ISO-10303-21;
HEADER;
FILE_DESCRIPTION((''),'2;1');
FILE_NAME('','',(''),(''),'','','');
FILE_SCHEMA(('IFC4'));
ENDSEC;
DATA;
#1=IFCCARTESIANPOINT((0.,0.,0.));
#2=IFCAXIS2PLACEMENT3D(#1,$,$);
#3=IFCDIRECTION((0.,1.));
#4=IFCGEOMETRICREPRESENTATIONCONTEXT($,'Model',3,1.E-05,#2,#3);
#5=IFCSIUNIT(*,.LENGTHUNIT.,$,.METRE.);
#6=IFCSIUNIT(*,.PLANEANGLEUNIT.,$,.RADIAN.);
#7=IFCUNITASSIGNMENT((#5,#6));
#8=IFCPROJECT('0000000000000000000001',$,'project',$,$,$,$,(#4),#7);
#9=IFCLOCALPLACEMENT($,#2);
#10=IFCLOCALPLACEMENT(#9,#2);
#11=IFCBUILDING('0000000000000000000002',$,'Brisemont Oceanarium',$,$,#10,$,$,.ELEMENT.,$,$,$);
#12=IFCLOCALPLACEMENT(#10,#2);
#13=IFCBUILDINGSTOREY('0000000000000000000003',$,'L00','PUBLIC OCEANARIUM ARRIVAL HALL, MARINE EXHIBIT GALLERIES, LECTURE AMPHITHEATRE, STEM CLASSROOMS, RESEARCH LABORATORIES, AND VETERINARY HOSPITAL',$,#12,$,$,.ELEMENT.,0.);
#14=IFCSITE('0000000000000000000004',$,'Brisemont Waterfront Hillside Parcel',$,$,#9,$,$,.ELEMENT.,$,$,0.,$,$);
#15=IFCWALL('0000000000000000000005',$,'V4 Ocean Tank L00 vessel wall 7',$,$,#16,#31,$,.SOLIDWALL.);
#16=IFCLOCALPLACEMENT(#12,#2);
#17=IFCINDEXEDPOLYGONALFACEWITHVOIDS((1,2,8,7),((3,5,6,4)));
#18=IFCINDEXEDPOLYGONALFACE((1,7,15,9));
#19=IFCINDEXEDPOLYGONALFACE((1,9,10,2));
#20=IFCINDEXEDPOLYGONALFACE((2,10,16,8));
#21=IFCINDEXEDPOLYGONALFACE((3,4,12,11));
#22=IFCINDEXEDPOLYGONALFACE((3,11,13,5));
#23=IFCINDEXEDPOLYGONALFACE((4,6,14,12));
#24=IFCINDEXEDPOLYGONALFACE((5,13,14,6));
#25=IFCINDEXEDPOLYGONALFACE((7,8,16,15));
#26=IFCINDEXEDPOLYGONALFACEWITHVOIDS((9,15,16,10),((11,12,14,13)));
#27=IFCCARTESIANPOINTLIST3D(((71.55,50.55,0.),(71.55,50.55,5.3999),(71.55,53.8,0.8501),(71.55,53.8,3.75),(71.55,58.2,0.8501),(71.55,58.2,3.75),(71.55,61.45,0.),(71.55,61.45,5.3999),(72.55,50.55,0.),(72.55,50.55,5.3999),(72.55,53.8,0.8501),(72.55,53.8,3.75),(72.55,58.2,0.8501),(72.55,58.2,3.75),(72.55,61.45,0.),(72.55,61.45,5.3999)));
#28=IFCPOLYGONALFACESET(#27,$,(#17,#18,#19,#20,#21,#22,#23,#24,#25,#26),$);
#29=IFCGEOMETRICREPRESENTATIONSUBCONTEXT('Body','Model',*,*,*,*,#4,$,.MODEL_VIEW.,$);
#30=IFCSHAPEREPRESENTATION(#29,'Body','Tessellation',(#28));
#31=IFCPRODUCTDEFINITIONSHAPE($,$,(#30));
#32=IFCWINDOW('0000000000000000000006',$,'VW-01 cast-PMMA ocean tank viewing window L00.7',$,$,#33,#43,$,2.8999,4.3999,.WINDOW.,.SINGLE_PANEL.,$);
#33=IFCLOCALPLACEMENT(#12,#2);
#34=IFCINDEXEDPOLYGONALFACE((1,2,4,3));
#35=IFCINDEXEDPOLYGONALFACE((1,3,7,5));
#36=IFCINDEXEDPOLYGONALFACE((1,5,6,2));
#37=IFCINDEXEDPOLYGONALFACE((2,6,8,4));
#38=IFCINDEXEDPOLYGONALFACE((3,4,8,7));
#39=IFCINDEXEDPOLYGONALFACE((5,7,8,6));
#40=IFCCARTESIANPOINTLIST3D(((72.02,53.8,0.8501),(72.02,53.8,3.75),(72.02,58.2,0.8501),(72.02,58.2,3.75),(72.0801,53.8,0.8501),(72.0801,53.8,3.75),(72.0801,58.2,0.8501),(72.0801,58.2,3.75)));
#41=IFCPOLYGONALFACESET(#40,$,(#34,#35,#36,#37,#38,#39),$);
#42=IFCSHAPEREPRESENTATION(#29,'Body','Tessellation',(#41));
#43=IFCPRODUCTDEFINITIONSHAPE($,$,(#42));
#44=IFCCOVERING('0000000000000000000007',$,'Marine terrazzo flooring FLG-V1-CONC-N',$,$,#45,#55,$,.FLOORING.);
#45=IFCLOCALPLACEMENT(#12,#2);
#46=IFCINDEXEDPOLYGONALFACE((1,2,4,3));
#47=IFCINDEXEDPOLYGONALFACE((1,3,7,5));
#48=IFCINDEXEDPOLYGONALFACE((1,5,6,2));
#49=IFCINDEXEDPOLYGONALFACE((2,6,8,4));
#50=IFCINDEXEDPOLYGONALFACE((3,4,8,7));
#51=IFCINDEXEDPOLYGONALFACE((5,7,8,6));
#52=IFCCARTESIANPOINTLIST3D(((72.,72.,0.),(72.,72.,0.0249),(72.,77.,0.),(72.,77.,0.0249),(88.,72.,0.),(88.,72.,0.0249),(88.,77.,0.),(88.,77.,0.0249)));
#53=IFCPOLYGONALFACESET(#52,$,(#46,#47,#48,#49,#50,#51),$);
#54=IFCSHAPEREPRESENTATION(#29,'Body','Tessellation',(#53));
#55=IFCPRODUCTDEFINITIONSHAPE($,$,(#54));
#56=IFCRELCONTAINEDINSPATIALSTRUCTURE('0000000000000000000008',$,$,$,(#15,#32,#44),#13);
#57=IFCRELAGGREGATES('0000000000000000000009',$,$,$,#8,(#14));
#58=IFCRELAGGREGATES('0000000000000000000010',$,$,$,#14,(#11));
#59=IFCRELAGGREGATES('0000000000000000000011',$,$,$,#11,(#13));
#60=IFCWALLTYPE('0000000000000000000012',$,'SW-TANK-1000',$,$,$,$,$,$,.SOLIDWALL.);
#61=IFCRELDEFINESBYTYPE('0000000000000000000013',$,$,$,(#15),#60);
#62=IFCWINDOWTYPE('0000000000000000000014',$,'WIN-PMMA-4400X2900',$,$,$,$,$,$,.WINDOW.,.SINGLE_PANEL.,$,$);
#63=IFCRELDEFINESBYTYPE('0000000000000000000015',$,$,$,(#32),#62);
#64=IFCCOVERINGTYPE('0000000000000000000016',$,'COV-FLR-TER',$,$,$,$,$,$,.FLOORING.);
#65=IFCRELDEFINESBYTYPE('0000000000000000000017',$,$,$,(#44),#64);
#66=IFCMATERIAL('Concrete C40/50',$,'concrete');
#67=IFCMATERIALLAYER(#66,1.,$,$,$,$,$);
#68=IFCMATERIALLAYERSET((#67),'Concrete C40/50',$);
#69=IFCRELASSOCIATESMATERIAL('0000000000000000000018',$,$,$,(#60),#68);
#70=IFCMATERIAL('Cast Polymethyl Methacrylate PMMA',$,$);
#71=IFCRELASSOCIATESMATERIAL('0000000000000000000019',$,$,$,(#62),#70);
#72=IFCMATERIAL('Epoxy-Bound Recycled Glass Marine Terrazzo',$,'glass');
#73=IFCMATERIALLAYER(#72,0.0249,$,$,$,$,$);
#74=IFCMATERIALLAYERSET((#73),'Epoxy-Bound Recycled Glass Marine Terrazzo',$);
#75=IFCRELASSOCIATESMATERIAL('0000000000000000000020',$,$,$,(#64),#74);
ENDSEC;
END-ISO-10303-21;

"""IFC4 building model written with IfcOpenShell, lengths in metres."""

from ifc_helpers import new_model, si_unit, direction, frame, frame_2d, origin, origin_2d, place, context, subcontext, project, spatial, rectangle, extrude, material, layer, layer_set, type_object, element, fill, save


model = new_model("IFC4")

# Units and contexts
model_context = context("Model", 3, precision=1e-05, world=origin(), true_north=direction((0.0, 1.0)))
body_context = subcontext(model_context, "Body", "Model", "MODEL_VIEW")
ifc_project = project(units=[si_unit("LENGTHUNIT", "METRE"), si_unit("PLANEANGLEUNIT", "RADIAN")], contexts=[model_context])

# Site, building, storey
site_placement = place(None, origin())
site = spatial("IfcSite", under=ifc_project, at=site_placement, Name="Brisemont Waterfront Hillside Parcel", CompositionType="ELEMENT", RefElevation=0.0)
building_placement = place(site_placement, origin())
building = spatial("IfcBuilding", under=site, at=building_placement, Name="Brisemont Oceanarium", CompositionType="ELEMENT")
storey_placement = place(building_placement, origin())
storey = spatial("IfcBuildingStorey", under=building, at=storey_placement, Name="L00", Description="PUBLIC OCEANARIUM ARRIVAL HALL, MARINE EXHIBIT GALLERIES, LECTURE AMPHITHEATRE, STEM CLASSROOMS, RESEARCH LABORATORIES, AND VETERINARY HOSPITAL", CompositionType="ELEMENT", Elevation=0.0)

# Shared definitions
ifc_material_1 = material(Name="Concrete C40/50", Category="concrete")
ifc_layer_1 = layer(ifc_material_1, 1.0)
ifc_layer_set_1 = layer_set([ifc_layer_1], Name="Concrete C40/50")
wall_type = type_object("IfcWallType", Name="SW-TANK-1000", PredefinedType="SOLIDWALL", material=ifc_layer_set_1)

# Wall, opening, window
wall_1_placement = place(storey_placement, frame((72.05, 61.45, 0.0), z_axis=(0.0, 0.0, 1.0), x_axis=(0.0, -1.0, 0.0)))
wall_1 = element("IfcWall", 1, at=wall_1_placement, inside=storey, type_object=wall_type, Name="V4 Ocean Tank L00 vessel wall 7", PredefinedType="SOLIDWALL", context=body_context, shape_type="SweptSolid", body=[
    extrude(rectangle(XDim=10.8999, YDim=1.0, at=frame_2d((5.45, 0.0))), origin(), (0.0, 0.0, 1.0), 5.3999),
])
opening_placement = place(wall_1_placement, frame((3.25, 0.0, 0.8501)))
opening = element("IfcOpeningElement", 2, at=opening_placement, cuts=wall_1, PredefinedType="OPENING", context=body_context, shape_type="SweptSolid", body=[
    extrude(rectangle(XDim=4.3999, YDim=2.8999, at=frame_2d((2.2, 1.45))), frame((0.0, 0.51, 0.0), z_axis=(0.0, -1.0, 0.0), x_axis=(1.0, 0.0, 0.0)), (0.0, 0.0, 1.0), 1.02),
])
ifc_material_2 = material(Name="Cast Polymethyl Methacrylate PMMA")
window_type = type_object("IfcWindowType", Name="WIN-PMMA-4400X2900", PartitioningType="SINGLE_PANEL", PredefinedType="WINDOW", material=ifc_material_2)
window_placement = place(opening_placement, origin())
window = element("IfcWindow", 3, at=window_placement, inside=storey, type_object=window_type, Name="VW-01 cast-PMMA ocean tank viewing window L00.7", OverallHeight=2.8999, OverallWidth=4.3999, PartitioningType="SINGLE_PANEL", PredefinedType="WINDOW", context=body_context, shape_type="SweptSolid", body=[
    extrude(rectangle(XDim=4.3999, YDim=2.8999, at=frame_2d((2.2, 1.45))), frame((0.0, 0.03, 0.0), z_axis=(0.0, -1.0, 0.0), x_axis=(1.0, 0.0, 0.0)), (0.0, 0.0, 1.0), 0.0601),
])
fill(opening, window)

# Covering
ifc_material_3 = material(Name="Epoxy-Bound Recycled Glass Marine Terrazzo", Category="glass")
ifc_layer_2 = layer(ifc_material_3, 0.0249)
ifc_layer_set_2 = layer_set([ifc_layer_2], Name="Epoxy-Bound Recycled Glass Marine Terrazzo")
covering_type = type_object("IfcCoveringType", Name="COV-FLR-TER", PredefinedType="FLOORING", material=ifc_layer_set_2)
covering_placement = place(storey_placement, frame((80.0, 74.5, 0.0), z_axis=(0.0, 0.0, 1.0), x_axis=(1.0, 0.0, 0.0)))
element("IfcCovering", 4, at=covering_placement, inside=storey, type_object=covering_type, Name="Marine terrazzo flooring FLG-V1-CONC-N", PredefinedType="FLOORING", context=body_context, shape_type="SweptSolid", body=[
    extrude(rectangle(XDim=16.0, YDim=5.0, at=origin_2d()), origin(), (0.0, 0.0, 1.0), 0.0249),
])

save(model, "model.ifc")
